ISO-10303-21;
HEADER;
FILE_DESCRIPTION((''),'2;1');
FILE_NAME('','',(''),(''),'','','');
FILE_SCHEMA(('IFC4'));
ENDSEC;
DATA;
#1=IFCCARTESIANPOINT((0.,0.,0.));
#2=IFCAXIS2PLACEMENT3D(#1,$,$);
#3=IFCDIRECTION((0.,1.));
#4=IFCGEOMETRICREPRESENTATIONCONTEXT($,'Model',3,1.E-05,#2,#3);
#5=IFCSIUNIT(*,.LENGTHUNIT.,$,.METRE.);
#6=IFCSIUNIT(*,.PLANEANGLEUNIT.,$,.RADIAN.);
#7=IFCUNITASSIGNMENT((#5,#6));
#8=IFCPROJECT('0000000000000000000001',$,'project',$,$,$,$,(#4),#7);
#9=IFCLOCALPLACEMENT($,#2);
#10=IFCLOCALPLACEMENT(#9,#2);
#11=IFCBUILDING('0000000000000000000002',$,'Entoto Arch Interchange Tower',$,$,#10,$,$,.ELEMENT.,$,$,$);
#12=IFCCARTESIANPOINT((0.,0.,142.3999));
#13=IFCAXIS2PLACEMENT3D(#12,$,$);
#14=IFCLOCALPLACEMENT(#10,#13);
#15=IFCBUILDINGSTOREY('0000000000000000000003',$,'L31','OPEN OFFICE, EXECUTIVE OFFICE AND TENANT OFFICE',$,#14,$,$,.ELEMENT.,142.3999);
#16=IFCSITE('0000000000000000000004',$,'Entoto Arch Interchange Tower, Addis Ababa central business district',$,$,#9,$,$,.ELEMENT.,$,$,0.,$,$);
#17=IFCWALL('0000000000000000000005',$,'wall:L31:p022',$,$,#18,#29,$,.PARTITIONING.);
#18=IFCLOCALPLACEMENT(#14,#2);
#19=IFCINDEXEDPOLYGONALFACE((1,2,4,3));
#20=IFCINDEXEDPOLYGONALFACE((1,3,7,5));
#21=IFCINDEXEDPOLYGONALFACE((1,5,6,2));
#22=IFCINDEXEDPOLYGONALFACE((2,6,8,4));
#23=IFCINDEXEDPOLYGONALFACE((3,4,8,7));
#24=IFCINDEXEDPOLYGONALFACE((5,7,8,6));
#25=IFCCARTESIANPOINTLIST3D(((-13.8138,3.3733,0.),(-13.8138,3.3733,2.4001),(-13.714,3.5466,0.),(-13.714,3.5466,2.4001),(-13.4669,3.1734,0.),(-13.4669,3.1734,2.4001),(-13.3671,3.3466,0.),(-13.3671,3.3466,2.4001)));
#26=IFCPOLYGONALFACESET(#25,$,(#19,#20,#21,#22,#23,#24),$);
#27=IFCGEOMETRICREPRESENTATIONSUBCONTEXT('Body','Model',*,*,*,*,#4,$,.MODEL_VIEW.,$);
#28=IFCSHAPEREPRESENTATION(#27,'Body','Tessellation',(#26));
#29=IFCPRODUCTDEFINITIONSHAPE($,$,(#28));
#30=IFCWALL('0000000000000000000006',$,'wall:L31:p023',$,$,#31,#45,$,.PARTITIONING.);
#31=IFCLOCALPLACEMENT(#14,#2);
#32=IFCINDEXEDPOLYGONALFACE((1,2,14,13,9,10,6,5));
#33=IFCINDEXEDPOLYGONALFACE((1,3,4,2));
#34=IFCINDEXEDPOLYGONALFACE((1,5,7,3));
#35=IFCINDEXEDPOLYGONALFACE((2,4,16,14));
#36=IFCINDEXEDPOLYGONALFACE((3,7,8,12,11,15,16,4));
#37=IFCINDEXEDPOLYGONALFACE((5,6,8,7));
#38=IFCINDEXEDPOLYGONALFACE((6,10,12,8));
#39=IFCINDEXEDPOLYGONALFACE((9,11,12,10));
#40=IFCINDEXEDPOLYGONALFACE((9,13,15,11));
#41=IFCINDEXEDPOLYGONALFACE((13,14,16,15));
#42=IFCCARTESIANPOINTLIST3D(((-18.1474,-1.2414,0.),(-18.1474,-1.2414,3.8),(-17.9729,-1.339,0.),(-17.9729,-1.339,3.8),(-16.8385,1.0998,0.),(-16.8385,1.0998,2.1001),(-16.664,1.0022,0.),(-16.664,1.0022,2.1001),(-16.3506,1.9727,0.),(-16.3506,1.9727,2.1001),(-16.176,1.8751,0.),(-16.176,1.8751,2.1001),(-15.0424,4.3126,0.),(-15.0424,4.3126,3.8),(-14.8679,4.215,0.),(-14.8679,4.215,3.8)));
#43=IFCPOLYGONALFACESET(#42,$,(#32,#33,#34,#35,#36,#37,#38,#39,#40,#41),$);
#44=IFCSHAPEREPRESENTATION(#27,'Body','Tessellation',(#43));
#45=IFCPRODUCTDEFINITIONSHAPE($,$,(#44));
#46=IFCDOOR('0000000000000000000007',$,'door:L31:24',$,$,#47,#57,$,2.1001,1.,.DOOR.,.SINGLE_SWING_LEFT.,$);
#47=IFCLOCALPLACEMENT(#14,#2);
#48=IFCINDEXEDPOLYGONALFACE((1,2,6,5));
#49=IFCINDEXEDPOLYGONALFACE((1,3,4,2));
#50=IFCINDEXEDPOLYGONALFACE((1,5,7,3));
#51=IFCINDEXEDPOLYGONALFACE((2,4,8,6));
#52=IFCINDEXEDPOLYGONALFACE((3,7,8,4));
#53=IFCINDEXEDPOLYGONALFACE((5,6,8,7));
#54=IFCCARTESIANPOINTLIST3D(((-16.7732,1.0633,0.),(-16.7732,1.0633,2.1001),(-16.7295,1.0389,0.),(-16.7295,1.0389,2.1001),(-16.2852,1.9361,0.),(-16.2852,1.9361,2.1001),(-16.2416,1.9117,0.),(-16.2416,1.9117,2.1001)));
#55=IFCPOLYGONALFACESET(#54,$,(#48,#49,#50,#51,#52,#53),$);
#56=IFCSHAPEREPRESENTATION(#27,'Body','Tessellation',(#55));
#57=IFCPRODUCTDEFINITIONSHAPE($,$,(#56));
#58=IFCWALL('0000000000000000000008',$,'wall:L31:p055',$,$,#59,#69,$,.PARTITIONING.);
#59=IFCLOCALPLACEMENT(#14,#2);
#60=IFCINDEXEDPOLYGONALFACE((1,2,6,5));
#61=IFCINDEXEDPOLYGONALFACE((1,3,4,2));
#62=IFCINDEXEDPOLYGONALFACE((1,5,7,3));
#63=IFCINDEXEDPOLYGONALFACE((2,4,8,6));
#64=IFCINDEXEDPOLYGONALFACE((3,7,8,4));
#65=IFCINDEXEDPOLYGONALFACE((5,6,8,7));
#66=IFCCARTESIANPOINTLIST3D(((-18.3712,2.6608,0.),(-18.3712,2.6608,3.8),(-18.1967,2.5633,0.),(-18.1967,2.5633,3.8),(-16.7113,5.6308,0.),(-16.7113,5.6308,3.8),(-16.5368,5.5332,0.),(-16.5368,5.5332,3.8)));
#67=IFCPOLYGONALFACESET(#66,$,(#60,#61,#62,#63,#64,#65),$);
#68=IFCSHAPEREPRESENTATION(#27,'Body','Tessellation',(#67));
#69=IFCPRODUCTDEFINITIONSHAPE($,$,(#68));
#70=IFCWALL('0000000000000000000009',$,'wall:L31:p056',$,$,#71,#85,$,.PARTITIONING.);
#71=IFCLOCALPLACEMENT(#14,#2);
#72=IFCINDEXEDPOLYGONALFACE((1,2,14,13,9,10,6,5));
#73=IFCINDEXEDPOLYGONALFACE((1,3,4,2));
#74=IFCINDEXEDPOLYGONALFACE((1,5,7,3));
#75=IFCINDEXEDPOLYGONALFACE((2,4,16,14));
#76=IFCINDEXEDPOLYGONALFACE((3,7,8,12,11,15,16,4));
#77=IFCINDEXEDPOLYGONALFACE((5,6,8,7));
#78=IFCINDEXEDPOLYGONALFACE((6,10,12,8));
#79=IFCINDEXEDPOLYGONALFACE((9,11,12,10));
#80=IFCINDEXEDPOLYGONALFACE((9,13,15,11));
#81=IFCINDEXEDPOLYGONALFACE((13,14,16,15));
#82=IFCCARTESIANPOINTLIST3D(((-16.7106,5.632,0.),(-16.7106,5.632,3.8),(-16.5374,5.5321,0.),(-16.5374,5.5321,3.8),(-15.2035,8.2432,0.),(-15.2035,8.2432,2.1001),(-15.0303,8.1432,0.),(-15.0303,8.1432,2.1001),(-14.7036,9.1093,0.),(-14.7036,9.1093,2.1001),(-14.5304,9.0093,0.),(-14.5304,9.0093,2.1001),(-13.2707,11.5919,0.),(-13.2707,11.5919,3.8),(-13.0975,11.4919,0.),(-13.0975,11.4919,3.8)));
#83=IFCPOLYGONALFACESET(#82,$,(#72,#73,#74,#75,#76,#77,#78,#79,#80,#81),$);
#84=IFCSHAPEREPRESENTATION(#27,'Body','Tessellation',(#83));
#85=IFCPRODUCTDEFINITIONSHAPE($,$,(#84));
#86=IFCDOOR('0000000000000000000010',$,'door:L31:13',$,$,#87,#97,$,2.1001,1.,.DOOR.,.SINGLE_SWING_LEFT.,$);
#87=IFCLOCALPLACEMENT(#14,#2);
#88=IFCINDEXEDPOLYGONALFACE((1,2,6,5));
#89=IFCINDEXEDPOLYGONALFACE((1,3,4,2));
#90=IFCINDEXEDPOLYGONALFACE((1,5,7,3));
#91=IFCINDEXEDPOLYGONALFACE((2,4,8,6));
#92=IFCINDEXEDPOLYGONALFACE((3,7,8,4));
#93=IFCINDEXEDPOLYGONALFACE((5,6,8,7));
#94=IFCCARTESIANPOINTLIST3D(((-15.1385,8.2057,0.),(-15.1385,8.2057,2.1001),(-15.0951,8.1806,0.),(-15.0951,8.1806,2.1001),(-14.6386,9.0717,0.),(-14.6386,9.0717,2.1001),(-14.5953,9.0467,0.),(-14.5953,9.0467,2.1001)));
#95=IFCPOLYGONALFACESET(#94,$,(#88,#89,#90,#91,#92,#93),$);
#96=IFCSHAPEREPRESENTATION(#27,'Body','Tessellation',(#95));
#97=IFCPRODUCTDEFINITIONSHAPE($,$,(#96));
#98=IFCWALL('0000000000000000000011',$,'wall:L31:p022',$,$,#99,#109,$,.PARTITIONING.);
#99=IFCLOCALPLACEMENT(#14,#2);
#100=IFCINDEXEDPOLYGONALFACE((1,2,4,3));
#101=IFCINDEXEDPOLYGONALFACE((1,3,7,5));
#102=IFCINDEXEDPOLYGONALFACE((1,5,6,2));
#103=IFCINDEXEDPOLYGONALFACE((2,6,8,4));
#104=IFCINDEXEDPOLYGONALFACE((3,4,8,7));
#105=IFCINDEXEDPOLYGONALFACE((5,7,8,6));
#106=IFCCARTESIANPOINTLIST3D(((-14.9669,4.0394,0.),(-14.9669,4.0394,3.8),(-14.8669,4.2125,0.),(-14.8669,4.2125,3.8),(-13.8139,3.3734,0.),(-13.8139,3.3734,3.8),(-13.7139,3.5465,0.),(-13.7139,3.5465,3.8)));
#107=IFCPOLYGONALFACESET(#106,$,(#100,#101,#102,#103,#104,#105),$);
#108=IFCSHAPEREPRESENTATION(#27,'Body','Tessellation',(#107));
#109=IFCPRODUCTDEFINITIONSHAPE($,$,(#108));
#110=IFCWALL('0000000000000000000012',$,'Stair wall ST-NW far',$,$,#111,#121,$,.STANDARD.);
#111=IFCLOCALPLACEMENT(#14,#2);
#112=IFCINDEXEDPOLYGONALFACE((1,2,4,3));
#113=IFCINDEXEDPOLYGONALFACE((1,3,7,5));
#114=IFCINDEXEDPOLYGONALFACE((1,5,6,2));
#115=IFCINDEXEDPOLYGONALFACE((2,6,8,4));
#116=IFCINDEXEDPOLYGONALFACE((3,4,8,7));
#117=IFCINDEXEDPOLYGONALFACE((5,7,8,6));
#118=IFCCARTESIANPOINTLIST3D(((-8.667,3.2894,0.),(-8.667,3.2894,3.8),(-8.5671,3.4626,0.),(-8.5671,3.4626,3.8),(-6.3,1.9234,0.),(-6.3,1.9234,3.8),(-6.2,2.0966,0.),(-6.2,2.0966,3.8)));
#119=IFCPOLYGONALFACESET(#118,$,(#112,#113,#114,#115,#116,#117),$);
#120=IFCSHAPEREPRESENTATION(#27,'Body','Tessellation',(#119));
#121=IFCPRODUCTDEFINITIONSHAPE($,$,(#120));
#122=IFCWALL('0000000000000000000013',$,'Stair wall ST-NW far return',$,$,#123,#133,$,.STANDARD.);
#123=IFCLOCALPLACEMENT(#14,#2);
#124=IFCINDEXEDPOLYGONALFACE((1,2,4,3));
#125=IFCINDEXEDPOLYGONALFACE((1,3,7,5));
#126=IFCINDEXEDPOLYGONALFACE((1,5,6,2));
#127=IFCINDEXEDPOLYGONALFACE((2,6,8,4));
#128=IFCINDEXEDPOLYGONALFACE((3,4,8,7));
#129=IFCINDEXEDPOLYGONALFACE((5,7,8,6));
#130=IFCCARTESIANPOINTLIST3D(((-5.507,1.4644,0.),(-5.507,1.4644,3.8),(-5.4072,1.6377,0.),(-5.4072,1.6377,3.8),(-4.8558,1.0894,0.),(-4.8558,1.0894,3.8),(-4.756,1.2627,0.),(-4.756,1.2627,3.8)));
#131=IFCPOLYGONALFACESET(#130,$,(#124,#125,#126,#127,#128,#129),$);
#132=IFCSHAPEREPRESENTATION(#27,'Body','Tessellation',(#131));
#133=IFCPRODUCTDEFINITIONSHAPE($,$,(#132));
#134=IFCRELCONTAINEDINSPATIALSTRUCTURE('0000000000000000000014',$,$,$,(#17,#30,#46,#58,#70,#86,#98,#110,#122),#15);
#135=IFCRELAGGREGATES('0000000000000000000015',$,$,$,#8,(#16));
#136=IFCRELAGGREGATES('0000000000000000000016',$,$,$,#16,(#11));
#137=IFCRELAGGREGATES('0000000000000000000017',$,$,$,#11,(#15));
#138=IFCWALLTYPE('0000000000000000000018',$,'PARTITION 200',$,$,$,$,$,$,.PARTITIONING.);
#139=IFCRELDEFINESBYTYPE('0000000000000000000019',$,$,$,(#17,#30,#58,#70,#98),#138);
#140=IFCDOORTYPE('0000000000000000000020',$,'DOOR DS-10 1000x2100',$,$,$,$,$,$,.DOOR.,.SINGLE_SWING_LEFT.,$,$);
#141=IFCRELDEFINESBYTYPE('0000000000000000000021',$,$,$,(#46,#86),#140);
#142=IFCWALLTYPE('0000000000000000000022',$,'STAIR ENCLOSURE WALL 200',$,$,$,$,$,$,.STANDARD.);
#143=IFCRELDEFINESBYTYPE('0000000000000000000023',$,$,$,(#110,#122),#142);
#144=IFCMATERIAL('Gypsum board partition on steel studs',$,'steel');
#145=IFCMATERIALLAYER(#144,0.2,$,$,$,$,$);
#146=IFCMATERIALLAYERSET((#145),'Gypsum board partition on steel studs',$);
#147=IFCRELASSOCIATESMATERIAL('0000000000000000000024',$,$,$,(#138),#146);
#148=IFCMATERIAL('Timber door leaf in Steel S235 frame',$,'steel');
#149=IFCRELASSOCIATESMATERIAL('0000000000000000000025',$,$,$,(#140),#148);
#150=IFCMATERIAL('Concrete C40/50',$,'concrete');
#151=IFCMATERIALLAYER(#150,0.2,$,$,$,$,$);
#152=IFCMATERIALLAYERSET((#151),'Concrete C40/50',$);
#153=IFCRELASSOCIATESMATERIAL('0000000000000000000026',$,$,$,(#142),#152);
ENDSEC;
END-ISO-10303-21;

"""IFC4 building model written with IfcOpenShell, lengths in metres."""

from ifc_helpers import new_model, si_unit, direction, frame, frame_2d, origin, place, context, subcontext, project, spatial, rectangle, extrude, material, layer, layer_set, type_object, element, fill, save


model = new_model("IFC4")

# Units and contexts
model_context = context("Model", 3, precision=1e-05, world=origin(), true_north=direction((0.0, 1.0)))
body_context = subcontext(model_context, "Body", "Model", "MODEL_VIEW")
ifc_project = project(units=[si_unit("LENGTHUNIT", "METRE"), si_unit("PLANEANGLEUNIT", "RADIAN")], contexts=[model_context])

# Site, building, storey
site_placement = place(None, origin())
site = spatial("IfcSite", under=ifc_project, at=site_placement, Name="Entoto Arch Interchange Tower, Addis Ababa central business district", CompositionType="ELEMENT", RefElevation=0.0)
building_placement = place(site_placement, origin())
building = spatial("IfcBuilding", under=site, at=building_placement, Name="Entoto Arch Interchange Tower", CompositionType="ELEMENT")
storey_placement = place(building_placement, frame((0.0, 0.0, 142.3999)))
storey = spatial("IfcBuildingStorey", under=building, at=storey_placement, Name="L31", Description="OPEN OFFICE, EXECUTIVE OFFICE AND TENANT OFFICE", CompositionType="ELEMENT", Elevation=142.3999)

# Shared definitions
ifc_material_1 = material(Name="Concrete C40/50", Category="concrete")

# Wall
ifc_material_2 = material(Name="Gypsum board partition on steel studs", Category="steel")
ifc_layer_1 = layer(ifc_material_2, 0.2)
ifc_layer_set_1 = layer_set([ifc_layer_1], Name="Gypsum board partition on steel studs")
wall_type_1 = type_object("IfcWallType", Name="PARTITION 200", PredefinedType="PARTITIONING", material=ifc_layer_set_1)
wall_1_placement = place(storey_placement, frame((-13.417, 3.26, 0.0), z_axis=(0.0, 0.0, 1.0), x_axis=(-0.866399, 0.499353, 0.0)))
element("IfcWall", 1, at=wall_1_placement, inside=storey, type_object=wall_type_1, Name="wall:L31:p022", PredefinedType="PARTITIONING", context=body_context, shape_type="SweptSolid", body=[
    extrude(rectangle(XDim=0.4004, YDim=0.2, at=frame_2d((0.2002, 0.0))), origin(), (0.0, 0.0, 1.0), 2.4001),
])

# Wall, opening, door
wall_2_placement = place(storey_placement, frame((-14.9551, 4.2639, 0.0), z_axis=(0.0, 0.0, 1.0), x_axis=(-0.487977, -0.872856, 0.0)))
wall_2 = element("IfcWall", 2, at=wall_2_placement, inside=storey, type_object=wall_type_1, Name="wall:L31:p023", PredefinedType="PARTITIONING", context=body_context, shape_type="SweptSolid", body=[
    extrude(rectangle(XDim=6.363, YDim=0.2, at=frame_2d((3.1816, 0.0))), origin(), (0.0, 0.0, 1.0), 3.8),
])
opening_1_placement = place(wall_2_placement, frame((2.6809, 0.0, 0.0)))
opening_1 = element("IfcOpeningElement", 3, at=opening_1_placement, cuts=wall_2, PredefinedType="OPENING", context=body_context, shape_type="SweptSolid", body=[
    extrude(rectangle(XDim=1.0, YDim=2.1001, at=frame_2d((0.5, 1.05))), frame((0.0, 0.1099, 0.0), z_axis=(0.0, -1.0, 0.0), x_axis=(1.0, 0.0, 0.0)), (0.0, 0.0, 1.0), 0.22),
])
ifc_material_3 = material(Name="Timber door leaf in Steel S235 frame", Category="steel")
door_type_1 = type_object("IfcDoorType", Name="DOOR DS-10 1000x2100", OperationType="SINGLE_SWING_LEFT", PredefinedType="DOOR", material=ifc_material_3)
door_1_placement = place(opening_1_placement, origin())
door_1 = element("IfcDoor", 4, at=door_1_placement, inside=storey, type_object=door_type_1, Name="door:L31:24", OperationType="SINGLE_SWING_LEFT", OverallHeight=2.1001, OverallWidth=1.0, PredefinedType="DOOR", context=body_context, shape_type="SweptSolid", body=[
    extrude(rectangle(XDim=1.0, YDim=2.1001, at=frame_2d((0.5, 1.05))), frame((0.0, 0.0249, 0.0), z_axis=(0.0, -1.0, 0.0), x_axis=(1.0, 0.0, 0.0)), (0.0, 0.0, 1.0), 0.05),
])
fill(opening_1, door_1)

# Wall
wall_3_placement = place(storey_placement, frame((-18.2839, 2.6121, 0.0), z_axis=(0.0, 0.0, 1.0), x_axis=(0.487871, 0.872916, 0.0)))
element("IfcWall", 5, at=wall_3_placement, inside=storey, type_object=wall_type_1, Name="wall:L31:p055", PredefinedType="PARTITIONING", context=body_context, shape_type="SweptSolid", body=[
    extrude(rectangle(XDim=3.4023, YDim=0.2, at=frame_2d((1.7012, 0.0))), origin(), (0.0, 0.0, 1.0), 3.8),
])

# Wall, opening, door
wall_4_placement = place(storey_placement, frame((-16.624, 5.582, 0.0), z_axis=(0.0, 0.0, 1.0), x_axis=(0.499886, 0.866091, 0.0)))
wall_4 = element("IfcWall", 6, at=wall_4_placement, inside=storey, type_object=wall_type_1, Name="wall:L31:p056", PredefinedType="PARTITIONING", context=body_context, shape_type="SweptSolid", body=[
    extrude(rectangle(XDim=6.8813, YDim=0.2, at=frame_2d((3.4407, 0.0))), origin(), (0.0, 0.0, 1.0), 3.8),
])
opening_2_placement = place(wall_4_placement, frame((3.0149, 0.0, 0.0)))
opening_2 = element("IfcOpeningElement", 7, at=opening_2_placement, cuts=wall_4, PredefinedType="OPENING", context=body_context, shape_type="SweptSolid", body=[
    extrude(rectangle(XDim=1.0, YDim=2.1001, at=frame_2d((0.5, 1.05))), frame((0.0, 0.1099, 0.0), z_axis=(0.0, -1.0, 0.0), x_axis=(1.0, 0.0, 0.0)), (0.0, 0.0, 1.0), 0.22),
])
door_2_placement = place(opening_2_placement, origin())
door_2 = element("IfcDoor", 8, at=door_2_placement, inside=storey, type_object=door_type_1, Name="door:L31:13", OperationType="SINGLE_SWING_LEFT", OverallHeight=2.1001, OverallWidth=1.0, PredefinedType="DOOR", context=body_context, shape_type="SweptSolid", body=[
    extrude(rectangle(XDim=1.0, YDim=2.1001, at=frame_2d((0.5, 1.05))), frame((0.0, 0.0249, 0.0), z_axis=(0.0, -1.0, 0.0), x_axis=(1.0, 0.0, 0.0)), (0.0, 0.0, 1.0), 0.05),
])
fill(opening_2, door_2)

# Walls
wall_5_placement = place(storey_placement, frame((-13.7639, 3.46, 0.0), z_axis=(0.0, 0.0, 1.0), x_axis=(-0.865932, 0.500162, 0.0)))
element("IfcWall", 9, at=wall_5_placement, inside=storey, type_object=wall_type_1, Name="wall:L31:p022", PredefinedType="PARTITIONING", context=body_context, shape_type="SweptSolid", body=[
    extrude(rectangle(XDim=1.3315, YDim=0.2, at=frame_2d((0.6658, 0.0))), origin(), (0.0, 0.0, 1.0), 3.8),
])
ifc_layer_2 = layer(ifc_material_1, 0.2)
ifc_layer_set_2 = layer_set([ifc_layer_2], Name="Concrete C40/50")
wall_type_2 = type_object("IfcWallType", Name="STAIR ENCLOSURE WALL 200", PredefinedType="STANDARD", material=ifc_layer_set_2)
wall_6_placement = place(storey_placement, frame((-6.25, 2.01, 0.0), z_axis=(0.0, 0.0, 1.0), x_axis=(-0.866119, 0.499838, 0.0)))
element("IfcWall", 10, at=wall_6_placement, inside=storey, type_object=wall_type_2, Name="Stair wall ST-NW far", PredefinedType="STANDARD", context=body_context, shape_type="SweptSolid", body=[
    extrude(rectangle(XDim=2.7329, YDim=0.2, at=frame_2d((1.3665, 0.0))), origin(), (0.0, 0.0, 1.0), 3.8),
])
wall_7_placement = place(storey_placement, frame((-4.8059, 1.176, 0.0), z_axis=(0.0, 0.0, 1.0), x_axis=(-0.866559, 0.499075, 0.0)))
element("IfcWall", 11, at=wall_7_placement, inside=storey, type_object=wall_type_2, Name="Stair wall ST-NW far return", PredefinedType="STANDARD", context=body_context, shape_type="SweptSolid", body=[
    extrude(rectangle(XDim=0.7515, YDim=0.2, at=frame_2d((0.3757, 0.0))), origin(), (0.0, 0.0, 1.0), 3.8),
])

save(model, "model.ifc")
